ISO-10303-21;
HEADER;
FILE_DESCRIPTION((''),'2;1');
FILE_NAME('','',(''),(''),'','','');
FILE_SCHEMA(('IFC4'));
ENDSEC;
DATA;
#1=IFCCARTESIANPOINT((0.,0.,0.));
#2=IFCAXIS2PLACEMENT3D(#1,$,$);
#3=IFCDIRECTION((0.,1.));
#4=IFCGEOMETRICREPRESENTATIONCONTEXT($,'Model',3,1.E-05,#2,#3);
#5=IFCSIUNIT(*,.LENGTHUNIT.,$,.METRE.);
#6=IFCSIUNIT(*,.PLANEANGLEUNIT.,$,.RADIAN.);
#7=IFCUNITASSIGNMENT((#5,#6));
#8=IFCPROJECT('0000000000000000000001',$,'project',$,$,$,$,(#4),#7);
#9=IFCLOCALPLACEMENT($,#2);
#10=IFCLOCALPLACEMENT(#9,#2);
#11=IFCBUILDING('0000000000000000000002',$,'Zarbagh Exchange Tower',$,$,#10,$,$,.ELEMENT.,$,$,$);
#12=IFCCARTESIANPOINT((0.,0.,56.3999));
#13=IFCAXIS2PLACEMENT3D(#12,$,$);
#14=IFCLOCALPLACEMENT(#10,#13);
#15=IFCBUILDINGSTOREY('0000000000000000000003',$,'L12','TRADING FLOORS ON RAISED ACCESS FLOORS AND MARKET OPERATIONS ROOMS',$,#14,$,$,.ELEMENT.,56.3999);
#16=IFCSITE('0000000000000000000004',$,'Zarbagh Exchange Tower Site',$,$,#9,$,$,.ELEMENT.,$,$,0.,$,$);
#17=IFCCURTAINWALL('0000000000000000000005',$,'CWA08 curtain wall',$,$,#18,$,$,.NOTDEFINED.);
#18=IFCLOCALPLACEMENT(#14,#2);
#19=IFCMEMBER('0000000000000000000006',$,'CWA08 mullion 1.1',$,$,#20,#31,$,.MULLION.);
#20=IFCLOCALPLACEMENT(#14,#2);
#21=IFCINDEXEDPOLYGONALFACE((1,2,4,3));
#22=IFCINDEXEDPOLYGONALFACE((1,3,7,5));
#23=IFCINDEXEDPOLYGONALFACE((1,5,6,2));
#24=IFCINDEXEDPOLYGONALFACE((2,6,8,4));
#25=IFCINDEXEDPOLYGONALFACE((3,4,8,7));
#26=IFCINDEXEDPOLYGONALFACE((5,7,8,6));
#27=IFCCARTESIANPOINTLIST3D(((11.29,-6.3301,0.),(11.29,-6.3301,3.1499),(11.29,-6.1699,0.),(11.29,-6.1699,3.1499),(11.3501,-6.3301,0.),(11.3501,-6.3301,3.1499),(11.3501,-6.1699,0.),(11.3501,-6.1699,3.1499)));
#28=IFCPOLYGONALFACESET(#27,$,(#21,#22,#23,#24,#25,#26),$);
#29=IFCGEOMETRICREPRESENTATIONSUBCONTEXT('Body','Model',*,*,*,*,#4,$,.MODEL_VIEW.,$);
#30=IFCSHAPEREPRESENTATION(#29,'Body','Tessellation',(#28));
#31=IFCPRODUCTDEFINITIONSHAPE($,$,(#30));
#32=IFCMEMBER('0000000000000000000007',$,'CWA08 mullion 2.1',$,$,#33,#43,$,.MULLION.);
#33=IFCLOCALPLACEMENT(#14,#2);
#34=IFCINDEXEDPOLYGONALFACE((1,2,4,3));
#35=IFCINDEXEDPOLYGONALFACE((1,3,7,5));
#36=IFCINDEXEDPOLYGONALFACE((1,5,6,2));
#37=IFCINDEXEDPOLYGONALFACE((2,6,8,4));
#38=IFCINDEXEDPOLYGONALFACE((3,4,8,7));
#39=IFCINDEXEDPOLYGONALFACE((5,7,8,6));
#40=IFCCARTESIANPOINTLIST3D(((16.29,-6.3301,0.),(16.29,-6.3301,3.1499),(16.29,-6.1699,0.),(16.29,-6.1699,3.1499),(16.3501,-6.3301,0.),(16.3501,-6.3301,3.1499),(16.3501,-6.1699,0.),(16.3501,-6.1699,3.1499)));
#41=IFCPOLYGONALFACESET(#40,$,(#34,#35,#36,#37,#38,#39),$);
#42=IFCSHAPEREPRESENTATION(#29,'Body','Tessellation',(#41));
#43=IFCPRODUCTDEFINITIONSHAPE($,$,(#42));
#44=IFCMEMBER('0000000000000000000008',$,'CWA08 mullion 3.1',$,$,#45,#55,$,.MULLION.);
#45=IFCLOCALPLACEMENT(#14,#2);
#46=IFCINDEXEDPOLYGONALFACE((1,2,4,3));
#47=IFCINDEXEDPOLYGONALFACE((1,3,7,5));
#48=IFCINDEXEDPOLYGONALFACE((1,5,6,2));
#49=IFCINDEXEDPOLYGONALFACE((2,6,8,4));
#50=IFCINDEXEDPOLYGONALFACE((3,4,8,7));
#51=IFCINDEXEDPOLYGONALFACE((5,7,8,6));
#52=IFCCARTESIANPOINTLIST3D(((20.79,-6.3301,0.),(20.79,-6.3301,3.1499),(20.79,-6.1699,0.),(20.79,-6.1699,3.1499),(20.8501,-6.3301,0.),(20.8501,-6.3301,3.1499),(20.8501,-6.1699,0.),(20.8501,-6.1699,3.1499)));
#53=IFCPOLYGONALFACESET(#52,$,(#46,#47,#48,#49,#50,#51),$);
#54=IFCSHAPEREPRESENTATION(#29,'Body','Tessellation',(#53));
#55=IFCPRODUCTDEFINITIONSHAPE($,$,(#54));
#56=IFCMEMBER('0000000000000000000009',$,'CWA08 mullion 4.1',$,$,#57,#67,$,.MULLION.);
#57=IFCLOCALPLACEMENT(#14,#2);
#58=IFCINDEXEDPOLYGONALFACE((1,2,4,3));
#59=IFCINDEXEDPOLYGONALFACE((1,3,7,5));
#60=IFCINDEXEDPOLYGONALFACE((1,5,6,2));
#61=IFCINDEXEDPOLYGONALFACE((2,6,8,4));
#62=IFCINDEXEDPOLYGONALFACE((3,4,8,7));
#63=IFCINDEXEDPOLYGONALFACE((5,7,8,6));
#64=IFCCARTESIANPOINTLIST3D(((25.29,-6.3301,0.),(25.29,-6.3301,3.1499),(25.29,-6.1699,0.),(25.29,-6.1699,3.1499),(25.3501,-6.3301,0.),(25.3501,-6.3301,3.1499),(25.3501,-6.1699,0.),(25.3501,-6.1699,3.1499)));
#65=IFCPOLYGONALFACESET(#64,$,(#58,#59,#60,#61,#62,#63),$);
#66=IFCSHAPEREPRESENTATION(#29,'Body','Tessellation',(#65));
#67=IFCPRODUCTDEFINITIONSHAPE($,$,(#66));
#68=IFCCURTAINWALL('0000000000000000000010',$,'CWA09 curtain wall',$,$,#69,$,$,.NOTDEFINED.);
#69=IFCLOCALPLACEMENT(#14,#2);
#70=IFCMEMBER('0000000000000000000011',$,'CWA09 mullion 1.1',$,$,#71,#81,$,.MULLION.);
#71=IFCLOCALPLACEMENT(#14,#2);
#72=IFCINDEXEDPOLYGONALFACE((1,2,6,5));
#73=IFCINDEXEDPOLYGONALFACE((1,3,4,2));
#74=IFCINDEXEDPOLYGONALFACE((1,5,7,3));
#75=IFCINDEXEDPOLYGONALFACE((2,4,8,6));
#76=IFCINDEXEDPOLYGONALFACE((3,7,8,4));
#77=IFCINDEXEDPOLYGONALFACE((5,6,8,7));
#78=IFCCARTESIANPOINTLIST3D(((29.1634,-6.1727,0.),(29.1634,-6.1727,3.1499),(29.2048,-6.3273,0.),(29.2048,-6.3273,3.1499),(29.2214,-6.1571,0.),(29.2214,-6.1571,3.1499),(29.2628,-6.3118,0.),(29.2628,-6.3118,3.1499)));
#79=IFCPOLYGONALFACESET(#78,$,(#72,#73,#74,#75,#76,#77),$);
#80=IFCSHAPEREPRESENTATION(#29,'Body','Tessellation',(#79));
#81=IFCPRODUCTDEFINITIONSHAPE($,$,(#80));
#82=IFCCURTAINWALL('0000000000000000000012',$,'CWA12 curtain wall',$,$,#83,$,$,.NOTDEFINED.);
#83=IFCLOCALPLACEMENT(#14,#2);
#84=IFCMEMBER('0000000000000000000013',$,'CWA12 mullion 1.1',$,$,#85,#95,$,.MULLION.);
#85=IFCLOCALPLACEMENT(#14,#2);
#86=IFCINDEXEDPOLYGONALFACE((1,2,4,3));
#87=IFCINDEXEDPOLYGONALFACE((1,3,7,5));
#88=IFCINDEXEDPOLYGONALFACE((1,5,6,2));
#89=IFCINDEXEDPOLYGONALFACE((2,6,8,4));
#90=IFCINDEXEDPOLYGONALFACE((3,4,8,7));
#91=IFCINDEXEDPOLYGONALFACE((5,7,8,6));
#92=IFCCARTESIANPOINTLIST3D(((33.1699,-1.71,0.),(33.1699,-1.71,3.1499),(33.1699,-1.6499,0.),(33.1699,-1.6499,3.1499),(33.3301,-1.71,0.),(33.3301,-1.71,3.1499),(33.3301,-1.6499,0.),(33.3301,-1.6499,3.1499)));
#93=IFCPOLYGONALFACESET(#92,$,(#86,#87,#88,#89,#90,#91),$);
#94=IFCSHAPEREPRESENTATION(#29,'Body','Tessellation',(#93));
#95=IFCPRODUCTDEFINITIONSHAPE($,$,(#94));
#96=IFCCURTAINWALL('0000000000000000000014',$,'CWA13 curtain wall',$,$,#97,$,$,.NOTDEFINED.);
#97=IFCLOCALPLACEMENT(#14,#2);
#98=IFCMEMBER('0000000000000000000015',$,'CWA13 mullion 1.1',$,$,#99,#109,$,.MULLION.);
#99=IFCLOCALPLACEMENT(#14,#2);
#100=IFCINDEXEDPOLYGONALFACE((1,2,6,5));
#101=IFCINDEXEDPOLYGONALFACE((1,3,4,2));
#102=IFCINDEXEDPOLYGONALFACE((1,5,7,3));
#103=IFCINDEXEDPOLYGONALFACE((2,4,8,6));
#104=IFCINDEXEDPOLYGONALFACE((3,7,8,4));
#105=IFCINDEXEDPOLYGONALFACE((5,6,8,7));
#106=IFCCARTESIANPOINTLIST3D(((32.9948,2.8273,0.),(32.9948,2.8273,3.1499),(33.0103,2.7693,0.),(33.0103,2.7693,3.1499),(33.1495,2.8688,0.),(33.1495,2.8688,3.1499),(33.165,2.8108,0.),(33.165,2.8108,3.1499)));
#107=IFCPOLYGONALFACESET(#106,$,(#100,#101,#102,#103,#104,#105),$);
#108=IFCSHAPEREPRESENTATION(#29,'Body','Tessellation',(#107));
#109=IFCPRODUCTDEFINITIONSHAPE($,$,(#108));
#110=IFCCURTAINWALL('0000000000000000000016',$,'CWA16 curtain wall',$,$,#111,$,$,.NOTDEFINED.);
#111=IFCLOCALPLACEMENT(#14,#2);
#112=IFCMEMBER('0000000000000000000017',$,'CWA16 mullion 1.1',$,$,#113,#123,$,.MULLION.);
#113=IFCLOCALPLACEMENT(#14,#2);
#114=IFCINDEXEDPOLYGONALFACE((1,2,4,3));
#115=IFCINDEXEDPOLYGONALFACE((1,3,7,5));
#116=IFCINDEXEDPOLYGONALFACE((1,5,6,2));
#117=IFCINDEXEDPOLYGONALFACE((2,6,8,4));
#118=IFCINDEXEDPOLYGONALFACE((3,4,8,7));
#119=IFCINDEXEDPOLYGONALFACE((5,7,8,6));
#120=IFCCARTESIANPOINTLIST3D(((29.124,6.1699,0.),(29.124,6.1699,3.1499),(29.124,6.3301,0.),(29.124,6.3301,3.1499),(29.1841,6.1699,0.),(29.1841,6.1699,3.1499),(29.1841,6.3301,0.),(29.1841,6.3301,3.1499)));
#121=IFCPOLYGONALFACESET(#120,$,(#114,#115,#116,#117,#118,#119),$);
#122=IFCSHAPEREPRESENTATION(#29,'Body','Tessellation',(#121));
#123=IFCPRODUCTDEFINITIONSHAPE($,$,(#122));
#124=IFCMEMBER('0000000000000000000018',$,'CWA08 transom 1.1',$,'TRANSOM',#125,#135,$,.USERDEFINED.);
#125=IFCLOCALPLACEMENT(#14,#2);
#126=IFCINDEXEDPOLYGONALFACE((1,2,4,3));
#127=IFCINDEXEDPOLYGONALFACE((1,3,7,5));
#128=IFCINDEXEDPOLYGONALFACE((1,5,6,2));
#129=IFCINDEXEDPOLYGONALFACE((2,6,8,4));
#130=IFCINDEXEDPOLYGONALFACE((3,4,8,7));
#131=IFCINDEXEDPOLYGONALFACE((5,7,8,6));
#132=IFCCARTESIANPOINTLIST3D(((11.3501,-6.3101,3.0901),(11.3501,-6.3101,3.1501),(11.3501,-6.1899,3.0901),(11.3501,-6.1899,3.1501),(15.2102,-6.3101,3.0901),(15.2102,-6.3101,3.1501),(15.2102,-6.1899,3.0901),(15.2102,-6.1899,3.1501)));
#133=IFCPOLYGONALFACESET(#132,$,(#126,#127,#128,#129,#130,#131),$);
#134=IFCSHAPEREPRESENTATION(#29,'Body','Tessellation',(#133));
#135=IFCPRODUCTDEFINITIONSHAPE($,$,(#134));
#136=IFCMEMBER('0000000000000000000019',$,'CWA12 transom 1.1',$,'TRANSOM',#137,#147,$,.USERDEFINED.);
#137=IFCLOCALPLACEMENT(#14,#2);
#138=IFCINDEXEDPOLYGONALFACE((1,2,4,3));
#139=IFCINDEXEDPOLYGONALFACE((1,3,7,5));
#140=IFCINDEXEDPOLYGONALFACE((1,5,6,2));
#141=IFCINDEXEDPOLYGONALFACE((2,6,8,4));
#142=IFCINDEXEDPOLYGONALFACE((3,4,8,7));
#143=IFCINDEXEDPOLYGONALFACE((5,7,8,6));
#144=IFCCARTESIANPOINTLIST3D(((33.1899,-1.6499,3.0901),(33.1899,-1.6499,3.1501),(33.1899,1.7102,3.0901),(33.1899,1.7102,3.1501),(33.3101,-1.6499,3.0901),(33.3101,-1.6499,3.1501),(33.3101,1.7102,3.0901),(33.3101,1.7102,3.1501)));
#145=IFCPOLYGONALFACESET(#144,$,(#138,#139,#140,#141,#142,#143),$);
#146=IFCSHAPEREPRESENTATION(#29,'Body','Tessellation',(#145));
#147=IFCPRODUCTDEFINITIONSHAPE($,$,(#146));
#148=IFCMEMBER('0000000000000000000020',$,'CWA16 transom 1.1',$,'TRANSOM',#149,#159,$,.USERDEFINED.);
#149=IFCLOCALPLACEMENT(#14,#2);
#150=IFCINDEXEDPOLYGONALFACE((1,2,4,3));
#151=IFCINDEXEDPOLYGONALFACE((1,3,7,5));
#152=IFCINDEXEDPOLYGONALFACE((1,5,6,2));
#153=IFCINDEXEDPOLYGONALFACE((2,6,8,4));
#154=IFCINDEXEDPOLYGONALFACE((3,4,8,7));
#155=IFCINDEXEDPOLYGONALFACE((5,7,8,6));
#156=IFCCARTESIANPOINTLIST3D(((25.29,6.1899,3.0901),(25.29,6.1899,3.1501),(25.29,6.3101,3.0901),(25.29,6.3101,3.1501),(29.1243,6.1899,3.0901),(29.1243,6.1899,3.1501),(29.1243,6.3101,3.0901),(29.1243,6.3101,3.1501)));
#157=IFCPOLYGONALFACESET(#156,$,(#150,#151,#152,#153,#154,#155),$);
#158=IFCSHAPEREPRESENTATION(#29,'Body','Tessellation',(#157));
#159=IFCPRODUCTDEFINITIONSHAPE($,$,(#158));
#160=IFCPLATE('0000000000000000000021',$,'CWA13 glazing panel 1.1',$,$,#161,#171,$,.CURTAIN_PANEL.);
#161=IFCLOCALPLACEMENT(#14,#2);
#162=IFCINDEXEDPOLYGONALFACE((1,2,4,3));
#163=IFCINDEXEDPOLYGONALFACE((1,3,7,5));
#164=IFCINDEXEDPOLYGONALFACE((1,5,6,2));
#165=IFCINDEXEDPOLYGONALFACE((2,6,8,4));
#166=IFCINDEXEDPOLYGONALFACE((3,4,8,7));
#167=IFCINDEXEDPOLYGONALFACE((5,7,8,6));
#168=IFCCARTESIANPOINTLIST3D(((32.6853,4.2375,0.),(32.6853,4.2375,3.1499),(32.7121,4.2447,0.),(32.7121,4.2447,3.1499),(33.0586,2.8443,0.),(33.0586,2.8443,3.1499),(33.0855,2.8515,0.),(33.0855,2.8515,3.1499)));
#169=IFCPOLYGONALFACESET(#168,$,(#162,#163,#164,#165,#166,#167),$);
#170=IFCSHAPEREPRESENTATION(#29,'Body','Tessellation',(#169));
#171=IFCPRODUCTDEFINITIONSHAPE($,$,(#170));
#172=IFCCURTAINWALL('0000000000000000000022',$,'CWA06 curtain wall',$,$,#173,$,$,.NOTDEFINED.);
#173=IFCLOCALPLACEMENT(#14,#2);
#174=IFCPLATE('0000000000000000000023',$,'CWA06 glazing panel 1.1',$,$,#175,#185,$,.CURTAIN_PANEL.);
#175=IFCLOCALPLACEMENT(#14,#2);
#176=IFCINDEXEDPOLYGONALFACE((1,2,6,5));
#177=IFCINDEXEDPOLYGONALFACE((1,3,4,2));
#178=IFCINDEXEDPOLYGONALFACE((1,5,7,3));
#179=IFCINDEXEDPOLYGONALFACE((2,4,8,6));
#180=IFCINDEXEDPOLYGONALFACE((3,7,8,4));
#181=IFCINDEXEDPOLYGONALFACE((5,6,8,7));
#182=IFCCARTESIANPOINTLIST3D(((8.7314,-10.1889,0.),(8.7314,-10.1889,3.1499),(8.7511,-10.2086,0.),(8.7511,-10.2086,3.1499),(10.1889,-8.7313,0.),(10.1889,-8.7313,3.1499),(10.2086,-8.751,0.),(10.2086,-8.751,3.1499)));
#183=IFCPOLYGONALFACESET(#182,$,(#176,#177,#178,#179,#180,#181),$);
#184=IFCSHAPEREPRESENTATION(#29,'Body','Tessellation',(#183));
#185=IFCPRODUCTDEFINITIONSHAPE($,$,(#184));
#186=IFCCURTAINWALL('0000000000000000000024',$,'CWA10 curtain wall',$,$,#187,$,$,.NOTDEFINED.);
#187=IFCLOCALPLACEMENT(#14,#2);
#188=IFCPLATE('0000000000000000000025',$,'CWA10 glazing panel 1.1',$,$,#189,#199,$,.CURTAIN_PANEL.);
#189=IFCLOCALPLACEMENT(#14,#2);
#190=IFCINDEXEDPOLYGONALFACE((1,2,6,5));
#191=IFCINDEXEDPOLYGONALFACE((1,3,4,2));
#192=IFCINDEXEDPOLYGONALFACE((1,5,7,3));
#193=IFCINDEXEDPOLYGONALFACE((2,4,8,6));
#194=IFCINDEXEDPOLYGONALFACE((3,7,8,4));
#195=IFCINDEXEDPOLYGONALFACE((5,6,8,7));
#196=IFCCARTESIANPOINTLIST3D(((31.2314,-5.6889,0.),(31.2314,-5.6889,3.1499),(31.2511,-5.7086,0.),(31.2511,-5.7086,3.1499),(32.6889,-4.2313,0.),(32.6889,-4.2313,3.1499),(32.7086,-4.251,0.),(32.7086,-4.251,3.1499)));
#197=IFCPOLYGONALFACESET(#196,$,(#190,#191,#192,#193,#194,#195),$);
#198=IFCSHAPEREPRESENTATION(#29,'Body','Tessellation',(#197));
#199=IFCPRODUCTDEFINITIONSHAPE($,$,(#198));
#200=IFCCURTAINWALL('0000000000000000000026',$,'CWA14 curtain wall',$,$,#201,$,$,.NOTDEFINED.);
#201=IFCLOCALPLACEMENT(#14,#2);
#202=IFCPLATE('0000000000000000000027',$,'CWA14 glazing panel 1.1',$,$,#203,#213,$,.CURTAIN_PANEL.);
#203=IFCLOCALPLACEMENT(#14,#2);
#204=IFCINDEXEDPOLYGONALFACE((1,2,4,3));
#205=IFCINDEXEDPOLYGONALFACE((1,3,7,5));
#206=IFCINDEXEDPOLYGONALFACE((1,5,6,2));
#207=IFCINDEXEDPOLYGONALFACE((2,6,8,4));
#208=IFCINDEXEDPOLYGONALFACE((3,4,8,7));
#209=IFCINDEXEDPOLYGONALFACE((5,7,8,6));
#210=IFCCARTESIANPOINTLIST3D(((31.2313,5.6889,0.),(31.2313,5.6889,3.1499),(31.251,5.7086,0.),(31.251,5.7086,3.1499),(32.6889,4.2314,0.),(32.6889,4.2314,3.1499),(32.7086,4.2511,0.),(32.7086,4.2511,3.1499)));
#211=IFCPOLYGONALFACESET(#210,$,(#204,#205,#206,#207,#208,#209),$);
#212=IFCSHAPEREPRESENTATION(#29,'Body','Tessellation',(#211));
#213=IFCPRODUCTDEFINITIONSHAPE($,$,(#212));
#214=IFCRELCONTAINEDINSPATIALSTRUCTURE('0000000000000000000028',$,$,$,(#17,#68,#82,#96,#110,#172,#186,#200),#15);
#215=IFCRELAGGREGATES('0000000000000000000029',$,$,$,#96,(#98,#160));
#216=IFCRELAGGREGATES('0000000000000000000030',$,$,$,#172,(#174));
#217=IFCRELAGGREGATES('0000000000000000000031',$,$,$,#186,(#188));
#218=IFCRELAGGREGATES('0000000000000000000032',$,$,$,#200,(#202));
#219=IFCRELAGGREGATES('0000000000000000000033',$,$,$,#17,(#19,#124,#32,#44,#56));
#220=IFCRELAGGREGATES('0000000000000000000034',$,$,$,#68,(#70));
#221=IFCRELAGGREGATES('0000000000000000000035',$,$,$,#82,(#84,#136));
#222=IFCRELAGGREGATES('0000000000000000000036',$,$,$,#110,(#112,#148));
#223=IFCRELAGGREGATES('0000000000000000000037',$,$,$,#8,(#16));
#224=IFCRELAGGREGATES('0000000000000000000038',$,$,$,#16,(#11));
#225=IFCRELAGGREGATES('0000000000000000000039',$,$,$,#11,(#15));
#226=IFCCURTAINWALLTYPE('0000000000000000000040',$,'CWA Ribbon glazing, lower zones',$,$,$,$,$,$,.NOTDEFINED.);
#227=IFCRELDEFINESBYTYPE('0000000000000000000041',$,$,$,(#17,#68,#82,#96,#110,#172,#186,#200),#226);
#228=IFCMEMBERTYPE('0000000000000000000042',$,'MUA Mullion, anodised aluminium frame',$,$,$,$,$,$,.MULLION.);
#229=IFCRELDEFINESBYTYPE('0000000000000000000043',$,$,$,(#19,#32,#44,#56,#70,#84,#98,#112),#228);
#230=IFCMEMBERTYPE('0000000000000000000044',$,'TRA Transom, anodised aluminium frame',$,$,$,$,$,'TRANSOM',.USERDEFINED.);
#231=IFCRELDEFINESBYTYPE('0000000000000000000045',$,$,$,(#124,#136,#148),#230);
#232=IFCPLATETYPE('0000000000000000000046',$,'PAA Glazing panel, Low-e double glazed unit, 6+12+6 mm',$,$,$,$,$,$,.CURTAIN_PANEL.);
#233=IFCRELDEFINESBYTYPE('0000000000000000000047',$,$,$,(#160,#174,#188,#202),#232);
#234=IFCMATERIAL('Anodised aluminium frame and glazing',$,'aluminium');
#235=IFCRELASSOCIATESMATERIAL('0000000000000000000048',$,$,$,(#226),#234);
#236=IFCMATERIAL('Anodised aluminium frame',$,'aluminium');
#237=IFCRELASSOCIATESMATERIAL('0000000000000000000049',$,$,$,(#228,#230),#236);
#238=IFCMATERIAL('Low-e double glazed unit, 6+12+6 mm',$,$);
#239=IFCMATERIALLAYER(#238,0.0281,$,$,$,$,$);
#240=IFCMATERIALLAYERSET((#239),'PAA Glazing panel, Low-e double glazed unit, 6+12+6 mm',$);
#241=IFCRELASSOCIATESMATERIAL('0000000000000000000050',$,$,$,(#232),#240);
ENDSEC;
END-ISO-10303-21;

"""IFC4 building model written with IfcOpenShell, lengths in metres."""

from ifc_helpers import new_model, si_unit, direction, frame, origin, place, context, subcontext, project, spatial, polyline, outline, extrude, source, transform, mapped, material, layer, layer_set, type_object, element, aggregate, save


model = new_model("IFC4")

# Units and contexts
model_context = context("Model", 3, precision=1e-05, world=origin(), true_north=direction((0.0, 1.0)))
body_context = subcontext(model_context, "Body", "Model", "MODEL_VIEW")
ifc_project = project(units=[si_unit("LENGTHUNIT", "METRE"), si_unit("PLANEANGLEUNIT", "RADIAN")], contexts=[model_context])

# Site, building, storey
site_placement = place(None, origin())
site = spatial("IfcSite", under=ifc_project, at=site_placement, Name="Zarbagh Exchange Tower Site", CompositionType="ELEMENT", RefElevation=0.0)
building_placement = place(site_placement, origin())
building = spatial("IfcBuilding", under=site, at=building_placement, Name="Zarbagh Exchange Tower", CompositionType="ELEMENT")
storey_placement = place(building_placement, frame((0.0, 0.0, 56.3999)))
storey = spatial("IfcBuildingStorey", under=building, at=storey_placement, Name="L12", Description="TRADING FLOORS ON RAISED ACCESS FLOORS AND MARKET OPERATIONS ROOMS", CompositionType="ELEMENT", Elevation=56.3999)

# Curtain wall, members
ifc_material_1 = material(Name="Anodised aluminium frame and glazing", Category="aluminium")
curtain_wall_type = type_object("IfcCurtainWallType", Name="CWA Ribbon glazing, lower zones", PredefinedType="NOTDEFINED", material=ifc_material_1)
curtain_wall_1_placement = place(storey_placement, origin())
curtain_wall_1 = element("IfcCurtainWall", 1, at=curtain_wall_1_placement, inside=storey, type_object=curtain_wall_type, Name="CWA08 curtain wall", PredefinedType="NOTDEFINED")
ifc_material_2 = material(Name="Anodised aluminium frame", Category="aluminium")
member_type_1 = type_object("IfcMemberType", Name="MUA Mullion, anodised aluminium frame", PredefinedType="MULLION", material=ifc_material_2)
shared_shape_1 = source(origin(), body_context, "Body", "SweptSolid", [
    extrude(outline(polyline([(0.0, -0.0801), (0.0601, -0.0801), (0.0601, 0.0801), (0.0, 0.0801), (0.0, -0.0801)])), origin(), (0.0, 0.0, 1.0), 3.1499),
])
placement = place(storey_placement, origin())
member_1 = element("IfcMember", 2, at=placement, type_object=member_type_1, Name="CWA08 mullion 1.1", PredefinedType="MULLION", context=body_context, shape_type="MappedRepresentation", body=[
    mapped(shared_shape_1, transform((11.29, -6.25, 0.0), x_axis=(1.0, 0.0, 0.0), y_axis=(0.0, 1.0, 0.0), z_axis=(0.0, 0.0, 1.0))),
])
member_2 = element("IfcMember", 3, at=placement, type_object=member_type_1, Name="CWA08 mullion 2.1", PredefinedType="MULLION", context=body_context, shape_type="MappedRepresentation", body=[
    mapped(shared_shape_1, transform((16.29, -6.25, 0.0), x_axis=(1.0, 0.0, 0.0), y_axis=(0.0, 1.0, 0.0), z_axis=(0.0, 0.0, 1.0))),
])
member_3 = element("IfcMember", 4, at=placement, type_object=member_type_1, Name="CWA08 mullion 3.1", PredefinedType="MULLION", context=body_context, shape_type="MappedRepresentation", body=[
    mapped(shared_shape_1, transform((20.79, -6.25, 0.0), x_axis=(1.0, 0.0, 0.0), y_axis=(0.0, 1.0, 0.0), z_axis=(0.0, 0.0, 1.0))),
])
member_4 = element("IfcMember", 5, at=placement, type_object=member_type_1, Name="CWA08 mullion 4.1", PredefinedType="MULLION", context=body_context, shape_type="MappedRepresentation", body=[
    mapped(shared_shape_1, transform((25.29, -6.25, 0.0), x_axis=(1.0, 0.0, 0.0), y_axis=(0.0, 1.0, 0.0), z_axis=(0.0, 0.0, 1.0))),
])

# Curtain walls, members
curtain_wall_2_placement = place(storey_placement, origin())
curtain_wall_2 = element("IfcCurtainWall", 6, at=curtain_wall_2_placement, inside=storey, type_object=curtain_wall_type, Name="CWA09 curtain wall", PredefinedType="NOTDEFINED")
member_5 = element("IfcMember", 7, at=placement, type_object=member_type_1, Name="CWA09 mullion 1.1", PredefinedType="MULLION", context=body_context, shape_type="MappedRepresentation", body=[
    mapped(shared_shape_1, transform((29.1841, -6.25, 0.0), x_axis=(0.965924, 0.258825, 0.0), y_axis=(-0.258825, 0.965924, 0.0), z_axis=(0.0, 0.0, 1.0))),
])
curtain_wall_3_placement = place(storey_placement, origin())
curtain_wall_3 = element("IfcCurtainWall", 8, at=curtain_wall_3_placement, inside=storey, type_object=curtain_wall_type, Name="CWA12 curtain wall", PredefinedType="NOTDEFINED")
member_6 = element("IfcMember", 9, at=placement, type_object=member_type_1, Name="CWA12 mullion 1.1", PredefinedType="MULLION", context=body_context, shape_type="MappedRepresentation", body=[
    mapped(shared_shape_1, transform((33.25, -1.71, 0.0), x_axis=(0.0, 1.0, 0.0), y_axis=(-1.0, 0.0, 0.0), z_axis=(0.0, 0.0, 1.0))),
])
curtain_wall_4_placement = place(storey_placement, origin())
curtain_wall_4 = element("IfcCurtainWall", 10, at=curtain_wall_4_placement, inside=storey, type_object=curtain_wall_type, Name="CWA13 curtain wall", PredefinedType="NOTDEFINED")
member_7 = element("IfcMember", 11, at=placement, type_object=member_type_1, Name="CWA13 mullion 1.1", PredefinedType="MULLION", context=body_context, shape_type="MappedRepresentation", body=[
    mapped(shared_shape_1, transform((33.0876, 2.79, 0.0), x_axis=(-0.258825, 0.965924, 0.0), y_axis=(-0.965924, -0.258825, 0.0), z_axis=(0.0, 0.0, 1.0))),
])
curtain_wall_5_placement = place(storey_placement, origin())
curtain_wall_5 = element("IfcCurtainWall", 12, at=curtain_wall_5_placement, inside=storey, type_object=curtain_wall_type, Name="CWA16 curtain wall", PredefinedType="NOTDEFINED")
member_8 = element("IfcMember", 13, at=placement, type_object=member_type_1, Name="CWA16 mullion 1.1", PredefinedType="MULLION", context=body_context, shape_type="MappedRepresentation", body=[
    mapped(shared_shape_1, transform((29.1841, 6.25, 0.0), x_axis=(-1.0, 0.0, 0.0), y_axis=(0.0, -1.0, 0.0), z_axis=(0.0, 0.0, 1.0))),
])

# Members
member_type_2 = type_object("IfcMemberType", Name="TRA Transom, anodised aluminium frame", ElementType="TRANSOM", PredefinedType="USERDEFINED", material=ifc_material_2)
shared_shape_2 = source(origin(), body_context, "Body", "SweptSolid", [
    extrude(outline(polyline([(-0.0601, -0.0601), (0.0, -0.0601), (0.0, 0.0601), (-0.0601, 0.0601), (-0.0601, -0.0601)])), origin(), (0.0, 0.0, 1.0), 3.8601),
])
member_9 = element("IfcMember", 14, at=placement, type_object=member_type_2, Name="CWA08 transom 1.1", ObjectType="TRANSOM", PredefinedType="USERDEFINED", context=body_context, shape_type="MappedRepresentation", body=[
    mapped(shared_shape_2, transform((11.3501, -6.25, 3.1501), x_axis=(0.0, 0.0, 1.0), y_axis=(0.0, -1.0, 0.0), z_axis=(1.0, 0.0, 0.0))),
])
shared_shape_3 = source(origin(), body_context, "Body", "SweptSolid", [
    extrude(outline(polyline([(-0.0601, -0.0601), (0.0, -0.0601), (0.0, 0.0601), (-0.0601, 0.0601), (-0.0601, -0.0601)])), origin(), (0.0, 0.0, 1.0), 3.3601),
])
member_10 = element("IfcMember", 15, at=placement, type_object=member_type_2, Name="CWA12 transom 1.1", ObjectType="TRANSOM", PredefinedType="USERDEFINED", context=body_context, shape_type="MappedRepresentation", body=[
    mapped(shared_shape_3, transform((33.25, -1.6499, 3.1501), x_axis=(0.0, 0.0, 1.0), y_axis=(1.0, 0.0, 0.0), z_axis=(0.0, 1.0, 0.0))),
])
shared_shape_4 = source(origin(), body_context, "Body", "SweptSolid", [
    extrude(outline(polyline([(-0.0601, -0.0601), (0.0, -0.0601), (0.0, 0.0601), (-0.0601, 0.0601), (-0.0601, -0.0601)])), origin(), (0.0, 0.0, 1.0), 3.8342),
])
member_11 = element("IfcMember", 16, at=placement, type_object=member_type_2, Name="CWA16 transom 1.1", ObjectType="TRANSOM", PredefinedType="USERDEFINED", context=body_context, shape_type="MappedRepresentation", body=[
    mapped(shared_shape_4, transform((29.1243, 6.25, 3.1501), x_axis=(0.0, 0.0, 1.0), y_axis=(0.0, 1.0, 0.0), z_axis=(-1.0, 0.0, 0.0))),
])

# Plate
ifc_material_3 = material(Name="Low-e double glazed unit, 6+12+6 mm")
ifc_layer = layer(ifc_material_3, 0.0281)
ifc_layer_set = layer_set([ifc_layer], Name="PAA Glazing panel, Low-e double glazed unit, 6+12+6 mm")
plate_type = type_object("IfcPlateType", Name="PAA Glazing panel, Low-e double glazed unit, 6+12+6 mm", PredefinedType="CURTAIN_PANEL", material=ifc_layer_set)
shared_shape_5 = source(origin(), body_context, "Body", "SweptSolid", [
    extrude(outline(polyline([(0.0, -0.0139), (1.4424, -0.0139), (1.4424, 0.0139), (0.0, 0.0139), (0.0, -0.0139)])), origin(), (0.0, 0.0, 1.0), 3.1499),
])
plate_1 = element("IfcPlate", 17, at=placement, type_object=plate_type, Name="CWA13 glazing panel 1.1", PredefinedType="CURTAIN_PANEL", context=body_context, shape_type="MappedRepresentation", body=[
    mapped(shared_shape_5, transform((33.072, 2.8479, 0.0), x_axis=(-0.258825, 0.965924, 0.0), y_axis=(-0.965924, -0.258825, 0.0), z_axis=(0.0, 0.0, 1.0))),
])
aggregate(curtain_wall_4, [member_7, plate_1])

# Curtain walls, plates
curtain_wall_6_placement = place(storey_placement, origin())
curtain_wall_6 = element("IfcCurtainWall", 18, at=curtain_wall_6_placement, inside=storey, type_object=curtain_wall_type, Name="CWA06 curtain wall", PredefinedType="NOTDEFINED")
shared_shape_6 = source(origin(), body_context, "Body", "SweptSolid", [
    extrude(outline(polyline([(0.0, -0.0139), (2.0613, -0.0139), (2.0613, 0.0139), (0.0, 0.0139), (0.0, -0.0139)])), origin(), (0.0, 0.0, 1.0), 3.1499),
])
plate_2 = element("IfcPlate", 19, at=placement, type_object=plate_type, Name="CWA06 glazing panel 1.1", PredefinedType="CURTAIN_PANEL", context=body_context, shape_type="MappedRepresentation", body=[
    mapped(shared_shape_6, transform((8.7412, -10.1987, 0.0), x_axis=(0.707107, 0.707107, 0.0), y_axis=(-0.707107, 0.707107, 0.0), z_axis=(0.0, 0.0, 1.0))),
])
aggregate(curtain_wall_6, [plate_2])
curtain_wall_7_placement = place(storey_placement, origin())
curtain_wall_7 = element("IfcCurtainWall", 20, at=curtain_wall_7_placement, inside=storey, type_object=curtain_wall_type, Name="CWA10 curtain wall", PredefinedType="NOTDEFINED")
plate_3 = element("IfcPlate", 21, at=placement, type_object=plate_type, Name="CWA10 glazing panel 1.1", PredefinedType="CURTAIN_PANEL", context=body_context, shape_type="MappedRepresentation", body=[
    mapped(shared_shape_6, transform((31.2412, -5.6987, 0.0), x_axis=(0.707107, 0.707107, 0.0), y_axis=(-0.707107, 0.707107, 0.0), z_axis=(0.0, 0.0, 1.0))),
])
aggregate(curtain_wall_7, [plate_3])
curtain_wall_8_placement = place(storey_placement, origin())
curtain_wall_8 = element("IfcCurtainWall", 22, at=curtain_wall_8_placement, inside=storey, type_object=curtain_wall_type, Name="CWA14 curtain wall", PredefinedType="NOTDEFINED")
plate_4 = element("IfcPlate", 23, at=placement, type_object=plate_type, Name="CWA14 glazing panel 1.1", PredefinedType="CURTAIN_PANEL", context=body_context, shape_type="MappedRepresentation", body=[
    mapped(shared_shape_6, transform((32.6987, 4.2412, 0.0), x_axis=(-0.707107, 0.707107, 0.0), y_axis=(-0.707107, -0.707107, 0.0), z_axis=(0.0, 0.0, 1.0))),
])
aggregate(curtain_wall_8, [plate_4])

aggregate(curtain_wall_1, [member_1, member_9, member_2, member_3, member_4])
aggregate(curtain_wall_2, [member_5])

aggregate(curtain_wall_3, [member_6, member_10])
aggregate(curtain_wall_5, [member_8, member_11])

save(model, "model.ifc")
